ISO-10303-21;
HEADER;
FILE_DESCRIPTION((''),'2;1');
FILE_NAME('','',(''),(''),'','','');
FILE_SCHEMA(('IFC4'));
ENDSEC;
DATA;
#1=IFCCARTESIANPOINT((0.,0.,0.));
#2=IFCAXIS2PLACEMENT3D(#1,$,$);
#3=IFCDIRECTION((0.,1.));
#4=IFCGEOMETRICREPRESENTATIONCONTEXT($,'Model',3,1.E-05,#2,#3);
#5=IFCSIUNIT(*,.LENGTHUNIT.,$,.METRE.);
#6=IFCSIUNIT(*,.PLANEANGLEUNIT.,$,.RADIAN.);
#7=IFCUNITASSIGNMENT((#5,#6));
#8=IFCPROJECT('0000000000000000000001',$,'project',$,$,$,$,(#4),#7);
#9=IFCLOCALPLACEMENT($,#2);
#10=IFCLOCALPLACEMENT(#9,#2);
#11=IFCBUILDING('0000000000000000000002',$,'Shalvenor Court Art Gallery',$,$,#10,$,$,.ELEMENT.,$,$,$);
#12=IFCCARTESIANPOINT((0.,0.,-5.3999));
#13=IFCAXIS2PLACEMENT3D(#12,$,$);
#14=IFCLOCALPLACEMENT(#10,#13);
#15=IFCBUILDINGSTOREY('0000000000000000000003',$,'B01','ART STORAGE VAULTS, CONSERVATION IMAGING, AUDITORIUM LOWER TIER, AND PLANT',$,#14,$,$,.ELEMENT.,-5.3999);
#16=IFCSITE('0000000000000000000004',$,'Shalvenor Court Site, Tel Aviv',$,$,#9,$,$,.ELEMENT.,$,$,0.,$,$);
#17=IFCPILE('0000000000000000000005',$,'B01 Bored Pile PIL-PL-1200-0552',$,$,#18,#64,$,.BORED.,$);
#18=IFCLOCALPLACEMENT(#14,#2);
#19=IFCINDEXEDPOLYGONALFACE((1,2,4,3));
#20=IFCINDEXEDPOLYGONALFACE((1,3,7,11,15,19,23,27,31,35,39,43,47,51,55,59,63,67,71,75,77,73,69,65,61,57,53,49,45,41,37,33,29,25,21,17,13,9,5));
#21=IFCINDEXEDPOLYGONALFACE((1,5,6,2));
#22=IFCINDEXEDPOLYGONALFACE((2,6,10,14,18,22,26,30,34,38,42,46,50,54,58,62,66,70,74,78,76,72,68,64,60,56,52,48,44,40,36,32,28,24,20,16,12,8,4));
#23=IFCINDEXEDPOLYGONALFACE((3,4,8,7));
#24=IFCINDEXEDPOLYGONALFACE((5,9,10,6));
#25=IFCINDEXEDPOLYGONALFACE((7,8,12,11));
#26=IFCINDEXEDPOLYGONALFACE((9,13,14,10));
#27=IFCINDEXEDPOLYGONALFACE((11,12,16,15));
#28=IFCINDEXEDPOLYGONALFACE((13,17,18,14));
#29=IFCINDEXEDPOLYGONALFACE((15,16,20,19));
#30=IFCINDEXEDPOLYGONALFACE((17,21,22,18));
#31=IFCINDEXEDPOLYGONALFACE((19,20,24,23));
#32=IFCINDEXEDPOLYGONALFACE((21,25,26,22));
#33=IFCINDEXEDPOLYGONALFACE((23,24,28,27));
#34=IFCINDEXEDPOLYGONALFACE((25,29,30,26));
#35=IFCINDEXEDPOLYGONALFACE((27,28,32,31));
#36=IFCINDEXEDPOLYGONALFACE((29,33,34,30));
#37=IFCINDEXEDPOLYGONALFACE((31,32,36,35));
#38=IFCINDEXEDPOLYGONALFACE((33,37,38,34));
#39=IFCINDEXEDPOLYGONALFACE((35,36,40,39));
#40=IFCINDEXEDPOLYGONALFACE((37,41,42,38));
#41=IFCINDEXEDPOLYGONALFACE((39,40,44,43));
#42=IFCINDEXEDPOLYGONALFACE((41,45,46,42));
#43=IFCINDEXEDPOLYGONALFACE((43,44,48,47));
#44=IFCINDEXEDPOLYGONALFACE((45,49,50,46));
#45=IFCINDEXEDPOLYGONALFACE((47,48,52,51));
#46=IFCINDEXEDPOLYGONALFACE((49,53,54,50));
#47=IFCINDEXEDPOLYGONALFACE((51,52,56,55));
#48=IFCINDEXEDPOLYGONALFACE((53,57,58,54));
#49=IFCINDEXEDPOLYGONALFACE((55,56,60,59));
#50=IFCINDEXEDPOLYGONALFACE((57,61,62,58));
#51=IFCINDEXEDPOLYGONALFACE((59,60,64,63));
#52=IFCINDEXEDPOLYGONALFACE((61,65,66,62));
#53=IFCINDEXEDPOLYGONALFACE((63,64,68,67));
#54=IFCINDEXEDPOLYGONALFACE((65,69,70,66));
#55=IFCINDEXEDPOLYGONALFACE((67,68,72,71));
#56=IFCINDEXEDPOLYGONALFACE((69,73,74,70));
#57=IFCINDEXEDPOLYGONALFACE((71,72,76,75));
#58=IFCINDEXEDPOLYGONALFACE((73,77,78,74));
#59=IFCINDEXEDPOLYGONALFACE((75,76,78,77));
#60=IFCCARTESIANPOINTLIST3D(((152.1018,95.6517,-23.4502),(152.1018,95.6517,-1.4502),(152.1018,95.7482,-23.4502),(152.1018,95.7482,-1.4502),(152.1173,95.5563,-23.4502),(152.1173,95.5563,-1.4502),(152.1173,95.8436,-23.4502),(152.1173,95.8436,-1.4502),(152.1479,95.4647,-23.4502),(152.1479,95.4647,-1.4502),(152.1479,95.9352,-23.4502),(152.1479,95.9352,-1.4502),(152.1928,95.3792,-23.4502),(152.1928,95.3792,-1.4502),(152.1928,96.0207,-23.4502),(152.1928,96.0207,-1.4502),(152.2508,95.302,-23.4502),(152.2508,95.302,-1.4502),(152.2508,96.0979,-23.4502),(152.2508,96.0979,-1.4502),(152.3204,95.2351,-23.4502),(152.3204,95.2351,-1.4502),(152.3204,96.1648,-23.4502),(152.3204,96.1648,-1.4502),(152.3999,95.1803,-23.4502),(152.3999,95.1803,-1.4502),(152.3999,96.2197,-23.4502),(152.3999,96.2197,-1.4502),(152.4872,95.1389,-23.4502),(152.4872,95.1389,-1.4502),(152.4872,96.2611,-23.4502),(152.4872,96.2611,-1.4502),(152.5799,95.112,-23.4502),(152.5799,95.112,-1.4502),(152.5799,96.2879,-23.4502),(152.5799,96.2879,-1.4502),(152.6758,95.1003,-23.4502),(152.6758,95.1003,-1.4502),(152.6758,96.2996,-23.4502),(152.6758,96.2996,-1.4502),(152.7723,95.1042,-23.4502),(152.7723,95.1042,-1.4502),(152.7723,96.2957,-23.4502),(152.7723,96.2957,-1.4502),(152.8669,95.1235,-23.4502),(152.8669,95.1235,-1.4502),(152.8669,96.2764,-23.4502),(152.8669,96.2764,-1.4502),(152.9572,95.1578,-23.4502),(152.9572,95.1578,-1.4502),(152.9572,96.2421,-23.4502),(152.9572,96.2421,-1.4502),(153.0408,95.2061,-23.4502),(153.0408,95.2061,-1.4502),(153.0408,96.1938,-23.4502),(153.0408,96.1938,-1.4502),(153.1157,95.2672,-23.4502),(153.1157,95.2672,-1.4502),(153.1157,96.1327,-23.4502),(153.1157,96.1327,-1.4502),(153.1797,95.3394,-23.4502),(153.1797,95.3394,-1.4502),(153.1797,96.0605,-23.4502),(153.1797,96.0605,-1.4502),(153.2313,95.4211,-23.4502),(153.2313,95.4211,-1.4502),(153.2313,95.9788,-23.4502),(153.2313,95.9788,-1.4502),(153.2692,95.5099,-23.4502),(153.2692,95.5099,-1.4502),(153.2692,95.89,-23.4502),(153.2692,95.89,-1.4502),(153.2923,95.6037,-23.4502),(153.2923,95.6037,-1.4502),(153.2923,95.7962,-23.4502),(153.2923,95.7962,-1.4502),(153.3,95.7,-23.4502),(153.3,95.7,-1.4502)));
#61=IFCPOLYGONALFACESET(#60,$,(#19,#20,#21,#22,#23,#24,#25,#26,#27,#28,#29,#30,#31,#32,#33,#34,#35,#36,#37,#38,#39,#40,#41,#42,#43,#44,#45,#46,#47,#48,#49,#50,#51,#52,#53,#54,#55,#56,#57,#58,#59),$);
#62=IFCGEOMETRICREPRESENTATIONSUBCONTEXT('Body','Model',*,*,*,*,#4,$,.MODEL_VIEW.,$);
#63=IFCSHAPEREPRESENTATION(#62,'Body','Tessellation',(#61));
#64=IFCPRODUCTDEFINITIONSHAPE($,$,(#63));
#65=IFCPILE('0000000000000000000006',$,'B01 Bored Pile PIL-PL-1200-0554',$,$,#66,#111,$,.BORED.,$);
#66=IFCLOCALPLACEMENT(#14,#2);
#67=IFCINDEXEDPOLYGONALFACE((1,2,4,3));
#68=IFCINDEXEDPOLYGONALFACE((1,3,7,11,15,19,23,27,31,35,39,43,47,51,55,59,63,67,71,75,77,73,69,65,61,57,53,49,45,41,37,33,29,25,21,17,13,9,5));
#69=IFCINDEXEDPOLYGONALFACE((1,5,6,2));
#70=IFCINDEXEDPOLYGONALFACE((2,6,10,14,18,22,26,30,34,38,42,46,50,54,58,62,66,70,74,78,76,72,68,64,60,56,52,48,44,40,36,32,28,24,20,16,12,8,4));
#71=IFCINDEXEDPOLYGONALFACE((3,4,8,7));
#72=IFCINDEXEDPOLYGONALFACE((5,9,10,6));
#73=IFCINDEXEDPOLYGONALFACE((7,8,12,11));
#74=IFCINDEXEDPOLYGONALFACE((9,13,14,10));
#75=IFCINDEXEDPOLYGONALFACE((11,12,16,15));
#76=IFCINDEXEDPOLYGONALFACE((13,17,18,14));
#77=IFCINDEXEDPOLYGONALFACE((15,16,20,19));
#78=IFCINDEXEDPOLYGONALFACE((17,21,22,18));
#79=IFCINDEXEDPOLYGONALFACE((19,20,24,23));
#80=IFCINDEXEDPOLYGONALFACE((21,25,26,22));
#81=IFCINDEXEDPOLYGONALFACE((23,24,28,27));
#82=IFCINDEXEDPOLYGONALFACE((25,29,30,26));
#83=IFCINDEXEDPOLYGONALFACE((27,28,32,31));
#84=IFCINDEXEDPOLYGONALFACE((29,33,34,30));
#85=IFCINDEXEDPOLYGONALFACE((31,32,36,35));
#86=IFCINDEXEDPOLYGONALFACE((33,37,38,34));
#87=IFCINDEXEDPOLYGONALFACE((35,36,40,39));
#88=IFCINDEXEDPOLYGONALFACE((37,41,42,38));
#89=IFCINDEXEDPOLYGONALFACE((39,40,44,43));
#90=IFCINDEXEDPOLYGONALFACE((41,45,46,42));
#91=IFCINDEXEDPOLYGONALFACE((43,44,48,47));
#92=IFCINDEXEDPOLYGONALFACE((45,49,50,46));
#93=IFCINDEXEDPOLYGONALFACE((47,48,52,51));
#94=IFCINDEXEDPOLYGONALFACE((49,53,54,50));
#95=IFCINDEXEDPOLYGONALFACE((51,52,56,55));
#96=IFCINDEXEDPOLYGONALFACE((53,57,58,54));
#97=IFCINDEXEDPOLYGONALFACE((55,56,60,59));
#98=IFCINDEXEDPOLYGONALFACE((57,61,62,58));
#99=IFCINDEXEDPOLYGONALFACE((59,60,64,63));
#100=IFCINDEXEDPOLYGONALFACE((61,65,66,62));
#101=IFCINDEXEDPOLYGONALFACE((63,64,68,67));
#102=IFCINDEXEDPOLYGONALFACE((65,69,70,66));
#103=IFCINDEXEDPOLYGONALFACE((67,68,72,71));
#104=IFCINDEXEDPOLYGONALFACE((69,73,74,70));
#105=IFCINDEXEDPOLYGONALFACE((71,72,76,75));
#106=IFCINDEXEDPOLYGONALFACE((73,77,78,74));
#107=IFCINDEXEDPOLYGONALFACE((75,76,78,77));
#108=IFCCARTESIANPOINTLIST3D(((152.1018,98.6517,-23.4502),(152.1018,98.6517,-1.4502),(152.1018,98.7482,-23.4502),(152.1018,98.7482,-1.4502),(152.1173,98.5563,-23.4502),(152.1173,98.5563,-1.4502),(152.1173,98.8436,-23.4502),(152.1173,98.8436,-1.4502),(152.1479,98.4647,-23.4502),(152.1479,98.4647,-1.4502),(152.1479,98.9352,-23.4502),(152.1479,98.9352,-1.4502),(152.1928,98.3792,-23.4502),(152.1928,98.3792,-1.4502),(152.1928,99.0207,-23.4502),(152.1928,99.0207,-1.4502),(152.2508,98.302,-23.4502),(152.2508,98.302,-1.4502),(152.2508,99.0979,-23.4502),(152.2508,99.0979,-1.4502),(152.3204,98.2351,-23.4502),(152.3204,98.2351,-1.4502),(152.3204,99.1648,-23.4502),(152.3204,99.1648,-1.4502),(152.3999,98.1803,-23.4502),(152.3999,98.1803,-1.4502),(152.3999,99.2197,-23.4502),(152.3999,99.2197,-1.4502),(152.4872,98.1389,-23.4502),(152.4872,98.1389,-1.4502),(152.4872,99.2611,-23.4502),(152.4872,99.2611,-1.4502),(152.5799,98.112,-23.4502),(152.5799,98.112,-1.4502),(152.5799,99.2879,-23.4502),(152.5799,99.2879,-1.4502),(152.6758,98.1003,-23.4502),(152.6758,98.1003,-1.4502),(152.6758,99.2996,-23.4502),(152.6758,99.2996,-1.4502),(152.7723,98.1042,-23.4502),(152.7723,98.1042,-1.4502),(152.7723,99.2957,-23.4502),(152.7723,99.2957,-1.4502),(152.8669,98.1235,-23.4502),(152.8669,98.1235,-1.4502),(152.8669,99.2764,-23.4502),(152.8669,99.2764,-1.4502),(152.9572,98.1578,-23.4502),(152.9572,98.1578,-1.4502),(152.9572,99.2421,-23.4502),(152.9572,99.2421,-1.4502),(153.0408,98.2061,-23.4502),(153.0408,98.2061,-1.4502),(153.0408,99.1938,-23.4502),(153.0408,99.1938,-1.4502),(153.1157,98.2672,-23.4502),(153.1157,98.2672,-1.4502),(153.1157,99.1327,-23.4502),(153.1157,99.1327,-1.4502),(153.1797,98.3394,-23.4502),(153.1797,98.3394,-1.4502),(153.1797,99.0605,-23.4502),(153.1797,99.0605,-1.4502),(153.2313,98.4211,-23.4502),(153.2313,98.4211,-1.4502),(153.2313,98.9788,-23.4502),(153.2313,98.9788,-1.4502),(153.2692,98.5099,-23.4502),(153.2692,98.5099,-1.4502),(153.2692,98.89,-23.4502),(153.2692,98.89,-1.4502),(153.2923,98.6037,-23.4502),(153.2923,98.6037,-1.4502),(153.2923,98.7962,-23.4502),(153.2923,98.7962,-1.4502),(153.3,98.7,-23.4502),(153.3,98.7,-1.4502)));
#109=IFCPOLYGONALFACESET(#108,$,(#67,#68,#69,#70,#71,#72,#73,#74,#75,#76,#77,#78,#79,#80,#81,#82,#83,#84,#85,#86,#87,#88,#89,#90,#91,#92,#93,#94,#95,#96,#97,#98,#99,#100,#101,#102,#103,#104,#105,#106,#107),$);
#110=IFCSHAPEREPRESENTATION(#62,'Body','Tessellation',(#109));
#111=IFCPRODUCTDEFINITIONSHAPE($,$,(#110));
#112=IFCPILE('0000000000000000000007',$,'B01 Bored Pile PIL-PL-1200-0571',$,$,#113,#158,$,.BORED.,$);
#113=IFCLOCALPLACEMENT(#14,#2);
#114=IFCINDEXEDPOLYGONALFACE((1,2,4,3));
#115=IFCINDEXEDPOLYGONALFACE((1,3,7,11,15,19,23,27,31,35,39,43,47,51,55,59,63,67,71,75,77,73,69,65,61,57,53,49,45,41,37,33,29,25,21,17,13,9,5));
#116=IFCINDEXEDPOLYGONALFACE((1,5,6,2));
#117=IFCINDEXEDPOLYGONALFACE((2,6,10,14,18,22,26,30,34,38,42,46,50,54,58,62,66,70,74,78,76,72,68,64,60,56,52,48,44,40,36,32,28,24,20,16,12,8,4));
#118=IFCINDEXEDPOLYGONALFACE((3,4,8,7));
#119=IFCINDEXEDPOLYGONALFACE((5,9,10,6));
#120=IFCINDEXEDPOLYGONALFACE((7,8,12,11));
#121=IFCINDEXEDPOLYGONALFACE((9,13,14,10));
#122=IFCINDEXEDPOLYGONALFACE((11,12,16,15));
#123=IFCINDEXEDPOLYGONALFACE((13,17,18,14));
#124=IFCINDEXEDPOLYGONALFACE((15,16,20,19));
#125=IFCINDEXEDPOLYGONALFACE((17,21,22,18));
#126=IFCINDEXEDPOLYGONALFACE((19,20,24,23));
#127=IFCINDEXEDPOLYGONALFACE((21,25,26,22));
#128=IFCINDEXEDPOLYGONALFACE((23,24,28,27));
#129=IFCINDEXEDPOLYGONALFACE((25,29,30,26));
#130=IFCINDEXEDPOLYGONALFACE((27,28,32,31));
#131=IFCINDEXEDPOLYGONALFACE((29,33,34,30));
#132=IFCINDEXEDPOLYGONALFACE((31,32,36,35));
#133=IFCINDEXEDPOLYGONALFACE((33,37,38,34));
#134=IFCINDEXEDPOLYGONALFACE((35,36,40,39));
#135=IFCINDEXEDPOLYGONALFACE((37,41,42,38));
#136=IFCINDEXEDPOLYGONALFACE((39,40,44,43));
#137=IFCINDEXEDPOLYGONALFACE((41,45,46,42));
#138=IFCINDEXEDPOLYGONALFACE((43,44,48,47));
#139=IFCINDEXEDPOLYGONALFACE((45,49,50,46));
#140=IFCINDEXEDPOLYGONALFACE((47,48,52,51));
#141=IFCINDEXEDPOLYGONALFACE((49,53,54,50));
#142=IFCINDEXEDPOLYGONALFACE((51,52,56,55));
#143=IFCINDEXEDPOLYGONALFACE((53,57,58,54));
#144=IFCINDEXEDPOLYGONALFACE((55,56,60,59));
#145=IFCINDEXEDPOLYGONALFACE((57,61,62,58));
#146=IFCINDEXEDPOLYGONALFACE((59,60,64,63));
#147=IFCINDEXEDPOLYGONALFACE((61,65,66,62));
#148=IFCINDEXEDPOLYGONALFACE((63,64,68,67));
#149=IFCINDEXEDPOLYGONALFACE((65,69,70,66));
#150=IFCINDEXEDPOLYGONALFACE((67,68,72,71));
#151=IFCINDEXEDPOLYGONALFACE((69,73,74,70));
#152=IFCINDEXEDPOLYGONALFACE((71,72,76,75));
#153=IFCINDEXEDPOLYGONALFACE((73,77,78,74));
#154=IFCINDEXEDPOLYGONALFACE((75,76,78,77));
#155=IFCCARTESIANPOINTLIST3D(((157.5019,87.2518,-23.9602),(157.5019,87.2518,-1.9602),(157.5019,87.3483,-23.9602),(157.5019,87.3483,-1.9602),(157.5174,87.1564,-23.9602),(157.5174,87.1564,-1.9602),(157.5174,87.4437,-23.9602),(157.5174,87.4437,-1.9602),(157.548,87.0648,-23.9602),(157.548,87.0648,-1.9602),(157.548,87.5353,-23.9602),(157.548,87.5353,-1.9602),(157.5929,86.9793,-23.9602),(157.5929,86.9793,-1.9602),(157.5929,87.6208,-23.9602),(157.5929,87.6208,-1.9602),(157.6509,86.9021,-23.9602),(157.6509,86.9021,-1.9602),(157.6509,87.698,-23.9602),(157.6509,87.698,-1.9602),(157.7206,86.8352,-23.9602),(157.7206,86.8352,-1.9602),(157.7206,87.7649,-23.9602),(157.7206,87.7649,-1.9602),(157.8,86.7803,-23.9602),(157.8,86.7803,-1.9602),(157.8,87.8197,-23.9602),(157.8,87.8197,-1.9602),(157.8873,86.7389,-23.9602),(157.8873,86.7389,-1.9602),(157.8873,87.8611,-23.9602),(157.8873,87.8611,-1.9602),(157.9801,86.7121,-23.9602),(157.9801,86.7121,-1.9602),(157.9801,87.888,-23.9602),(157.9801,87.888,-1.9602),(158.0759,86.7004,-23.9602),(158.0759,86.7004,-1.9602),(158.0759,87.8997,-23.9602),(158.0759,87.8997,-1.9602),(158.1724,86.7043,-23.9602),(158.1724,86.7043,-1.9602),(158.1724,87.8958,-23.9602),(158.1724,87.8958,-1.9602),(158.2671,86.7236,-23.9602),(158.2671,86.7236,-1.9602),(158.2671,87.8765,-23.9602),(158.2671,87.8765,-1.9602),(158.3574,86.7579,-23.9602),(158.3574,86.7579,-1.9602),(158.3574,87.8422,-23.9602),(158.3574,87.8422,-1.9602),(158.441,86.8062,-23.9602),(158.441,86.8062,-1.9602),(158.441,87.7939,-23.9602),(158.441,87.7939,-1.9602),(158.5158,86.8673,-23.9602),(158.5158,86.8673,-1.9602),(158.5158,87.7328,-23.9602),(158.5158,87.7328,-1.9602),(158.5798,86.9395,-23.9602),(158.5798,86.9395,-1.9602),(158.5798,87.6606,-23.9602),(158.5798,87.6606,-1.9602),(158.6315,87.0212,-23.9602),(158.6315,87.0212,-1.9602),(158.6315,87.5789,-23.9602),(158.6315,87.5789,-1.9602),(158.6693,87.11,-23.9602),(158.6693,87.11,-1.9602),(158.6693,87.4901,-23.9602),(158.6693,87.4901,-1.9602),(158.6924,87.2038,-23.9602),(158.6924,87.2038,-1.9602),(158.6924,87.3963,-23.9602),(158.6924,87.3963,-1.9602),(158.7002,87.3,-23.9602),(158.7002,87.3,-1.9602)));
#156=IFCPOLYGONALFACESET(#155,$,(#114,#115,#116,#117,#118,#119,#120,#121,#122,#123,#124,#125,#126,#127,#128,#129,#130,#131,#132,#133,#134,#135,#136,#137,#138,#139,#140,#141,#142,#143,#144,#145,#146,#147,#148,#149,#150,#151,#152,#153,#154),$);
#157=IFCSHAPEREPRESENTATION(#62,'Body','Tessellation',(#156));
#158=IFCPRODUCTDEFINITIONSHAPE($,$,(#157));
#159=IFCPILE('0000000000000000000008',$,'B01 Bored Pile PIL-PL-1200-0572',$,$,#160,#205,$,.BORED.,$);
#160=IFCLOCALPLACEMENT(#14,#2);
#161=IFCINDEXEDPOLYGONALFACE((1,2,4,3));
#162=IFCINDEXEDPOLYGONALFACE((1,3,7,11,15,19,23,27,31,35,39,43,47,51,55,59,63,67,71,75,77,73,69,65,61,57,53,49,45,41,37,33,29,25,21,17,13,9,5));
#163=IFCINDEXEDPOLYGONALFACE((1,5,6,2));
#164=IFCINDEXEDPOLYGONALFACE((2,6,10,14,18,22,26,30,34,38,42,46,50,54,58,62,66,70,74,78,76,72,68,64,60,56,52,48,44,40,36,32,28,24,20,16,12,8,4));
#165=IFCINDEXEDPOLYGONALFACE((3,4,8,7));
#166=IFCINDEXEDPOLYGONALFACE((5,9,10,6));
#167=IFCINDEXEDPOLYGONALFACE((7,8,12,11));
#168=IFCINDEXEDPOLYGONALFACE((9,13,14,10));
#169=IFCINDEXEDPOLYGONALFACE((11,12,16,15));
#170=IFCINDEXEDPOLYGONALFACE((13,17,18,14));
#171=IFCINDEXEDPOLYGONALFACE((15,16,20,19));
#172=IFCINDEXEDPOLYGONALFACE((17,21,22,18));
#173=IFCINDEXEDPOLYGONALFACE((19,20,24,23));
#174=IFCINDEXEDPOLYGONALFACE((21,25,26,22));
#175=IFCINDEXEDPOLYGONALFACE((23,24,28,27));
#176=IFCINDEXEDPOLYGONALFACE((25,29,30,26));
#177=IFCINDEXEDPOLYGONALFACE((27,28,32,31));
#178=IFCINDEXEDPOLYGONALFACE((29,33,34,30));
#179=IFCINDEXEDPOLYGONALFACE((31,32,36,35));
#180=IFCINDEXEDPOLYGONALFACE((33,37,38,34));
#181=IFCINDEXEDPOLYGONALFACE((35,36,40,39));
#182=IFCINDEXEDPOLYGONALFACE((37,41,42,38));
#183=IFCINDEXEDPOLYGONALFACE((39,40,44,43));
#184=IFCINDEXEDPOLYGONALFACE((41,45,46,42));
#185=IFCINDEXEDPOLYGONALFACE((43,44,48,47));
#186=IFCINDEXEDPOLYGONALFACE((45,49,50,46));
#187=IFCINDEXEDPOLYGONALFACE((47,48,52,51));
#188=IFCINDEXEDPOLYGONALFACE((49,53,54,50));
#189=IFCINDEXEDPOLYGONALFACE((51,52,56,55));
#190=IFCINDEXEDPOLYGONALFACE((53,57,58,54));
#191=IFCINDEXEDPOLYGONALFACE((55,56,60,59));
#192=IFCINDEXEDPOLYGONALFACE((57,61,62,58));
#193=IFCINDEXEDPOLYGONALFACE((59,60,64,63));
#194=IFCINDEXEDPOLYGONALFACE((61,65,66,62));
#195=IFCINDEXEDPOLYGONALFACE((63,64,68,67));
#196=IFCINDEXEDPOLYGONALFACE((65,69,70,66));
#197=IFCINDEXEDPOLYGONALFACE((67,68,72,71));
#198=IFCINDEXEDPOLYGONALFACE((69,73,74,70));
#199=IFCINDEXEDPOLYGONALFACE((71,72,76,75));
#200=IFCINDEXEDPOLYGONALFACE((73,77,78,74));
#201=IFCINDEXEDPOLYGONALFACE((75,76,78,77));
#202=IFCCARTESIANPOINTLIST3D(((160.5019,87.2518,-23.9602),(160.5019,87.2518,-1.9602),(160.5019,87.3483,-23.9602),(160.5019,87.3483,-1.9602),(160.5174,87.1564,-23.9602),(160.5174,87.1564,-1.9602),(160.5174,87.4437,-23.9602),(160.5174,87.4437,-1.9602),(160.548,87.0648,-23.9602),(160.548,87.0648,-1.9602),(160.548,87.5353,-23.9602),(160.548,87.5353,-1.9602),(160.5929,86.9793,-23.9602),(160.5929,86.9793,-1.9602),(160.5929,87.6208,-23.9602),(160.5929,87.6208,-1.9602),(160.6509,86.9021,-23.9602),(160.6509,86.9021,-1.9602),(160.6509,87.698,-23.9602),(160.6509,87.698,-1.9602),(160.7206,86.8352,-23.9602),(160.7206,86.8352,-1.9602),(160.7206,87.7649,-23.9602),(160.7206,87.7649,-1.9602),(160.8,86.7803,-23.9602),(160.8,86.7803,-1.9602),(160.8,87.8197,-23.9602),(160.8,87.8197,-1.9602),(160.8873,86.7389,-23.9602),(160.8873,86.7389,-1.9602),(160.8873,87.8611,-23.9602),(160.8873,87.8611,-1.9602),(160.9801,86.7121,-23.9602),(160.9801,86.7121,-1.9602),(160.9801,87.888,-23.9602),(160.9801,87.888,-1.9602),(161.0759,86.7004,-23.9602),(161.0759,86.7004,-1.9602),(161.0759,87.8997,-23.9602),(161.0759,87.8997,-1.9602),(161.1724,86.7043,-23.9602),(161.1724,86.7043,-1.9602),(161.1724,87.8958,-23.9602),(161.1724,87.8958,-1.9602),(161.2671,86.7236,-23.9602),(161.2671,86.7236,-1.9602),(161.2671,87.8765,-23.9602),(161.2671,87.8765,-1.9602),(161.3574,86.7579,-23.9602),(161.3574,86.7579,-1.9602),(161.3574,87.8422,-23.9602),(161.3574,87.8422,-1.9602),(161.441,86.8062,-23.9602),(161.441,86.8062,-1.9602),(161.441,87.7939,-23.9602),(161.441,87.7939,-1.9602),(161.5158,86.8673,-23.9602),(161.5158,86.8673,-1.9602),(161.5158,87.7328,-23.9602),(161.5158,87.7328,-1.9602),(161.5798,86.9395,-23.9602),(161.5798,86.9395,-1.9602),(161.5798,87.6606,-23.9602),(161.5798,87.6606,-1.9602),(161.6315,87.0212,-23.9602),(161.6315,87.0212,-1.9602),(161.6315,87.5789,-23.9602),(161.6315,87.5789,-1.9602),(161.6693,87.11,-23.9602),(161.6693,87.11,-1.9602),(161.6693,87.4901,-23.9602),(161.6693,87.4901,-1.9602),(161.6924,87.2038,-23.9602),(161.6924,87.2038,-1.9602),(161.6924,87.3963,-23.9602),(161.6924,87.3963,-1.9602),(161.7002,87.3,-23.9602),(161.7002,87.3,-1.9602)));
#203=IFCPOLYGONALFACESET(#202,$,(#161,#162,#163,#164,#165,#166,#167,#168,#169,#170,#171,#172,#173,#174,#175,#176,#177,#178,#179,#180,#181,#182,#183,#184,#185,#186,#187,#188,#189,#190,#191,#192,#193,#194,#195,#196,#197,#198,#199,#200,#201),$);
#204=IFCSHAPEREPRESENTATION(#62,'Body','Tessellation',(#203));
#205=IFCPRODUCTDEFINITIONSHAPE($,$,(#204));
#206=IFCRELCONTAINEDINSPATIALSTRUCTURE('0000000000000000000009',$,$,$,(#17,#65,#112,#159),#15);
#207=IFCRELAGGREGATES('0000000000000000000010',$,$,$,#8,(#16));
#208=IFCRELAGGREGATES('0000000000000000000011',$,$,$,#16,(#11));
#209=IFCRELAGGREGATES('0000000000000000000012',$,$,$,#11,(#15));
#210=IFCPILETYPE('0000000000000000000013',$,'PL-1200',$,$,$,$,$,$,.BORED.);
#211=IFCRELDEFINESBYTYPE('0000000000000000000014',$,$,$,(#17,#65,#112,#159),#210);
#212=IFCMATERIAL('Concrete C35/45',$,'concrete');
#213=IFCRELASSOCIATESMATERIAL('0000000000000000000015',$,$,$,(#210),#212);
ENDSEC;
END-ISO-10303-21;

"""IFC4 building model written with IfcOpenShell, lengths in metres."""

from ifc_helpers import new_model, si_unit, direction, frame, origin, origin_2d, place, context, subcontext, project, spatial, circle, extrude, material, material_profile, profile_set, type_object, element, save


model = new_model("IFC4")

# Units and contexts
model_context = context("Model", 3, precision=1e-05, world=origin(), true_north=direction((0.0, 1.0)))
body_context = subcontext(model_context, "Body", "Model", "MODEL_VIEW")
ifc_project = project(units=[si_unit("LENGTHUNIT", "METRE"), si_unit("PLANEANGLEUNIT", "RADIAN")], contexts=[model_context])

# Site, building, storey
site_placement = place(None, origin())
site = spatial("IfcSite", under=ifc_project, at=site_placement, Name="Shalvenor Court Site, Tel Aviv", CompositionType="ELEMENT", RefElevation=0.0)
building_placement = place(site_placement, origin())
building = spatial("IfcBuilding", under=site, at=building_placement, Name="Shalvenor Court Art Gallery", CompositionType="ELEMENT")
storey_placement = place(building_placement, frame((0.0, 0.0, -5.3999)))
storey = spatial("IfcBuildingStorey", under=building, at=storey_placement, Name="B01", Description="ART STORAGE VAULTS, CONSERVATION IMAGING, AUDITORIUM LOWER TIER, AND PLANT", CompositionType="ELEMENT", Elevation=-5.3999)

# Piles
ifc_material_1 = material(Name="Concrete C35/45", Category="concrete")
ifc_material_profile_1 = material_profile(ifc_material_1, circle(Radius=0.6001, at=origin_2d()), Name="PILE 1200")
ifc_profile_set_1 = profile_set([ifc_material_profile_1], Name="Concrete C35/45")
pile_type = type_object("IfcPileType", Name="PL-1200", PredefinedType="BORED", material=ifc_profile_set_1)
for number, where, z_axis, x_axis, name in (
    (1, (152.7, 95.7, -1.4502), (0.0, 0.0, -1.0), (1.0, 0.0, 0.0), "B01 Bored Pile PIL-PL-1200-0552"),
    (2, (152.7, 98.7, -1.4502), (0.0, 0.0, -1.0), (1.0, 0.0, 0.0), "B01 Bored Pile PIL-PL-1200-0554"),
    (3, (158.1001, 87.3, -1.9602), (0.0, 0.0, -1.0), (1.0, 0.0, 0.0), "B01 Bored Pile PIL-PL-1200-0571"),
    (4, (161.1001, 87.3, -1.9602), (0.0, 0.0, -1.0), (1.0, 0.0, 0.0), "B01 Bored Pile PIL-PL-1200-0572"),
):
    element("IfcPile", number, at=place(storey_placement, frame(where, z_axis=z_axis, x_axis=x_axis)), inside=storey, type_object=pile_type, Name=name, PredefinedType="BORED", context=body_context, shape_type="SweptSolid", body=[
        extrude(circle(Radius=0.6001, at=origin_2d()), origin(), (0.0, 0.0, 1.0), 22.0),
    ])

save(model, "model.ifc")
